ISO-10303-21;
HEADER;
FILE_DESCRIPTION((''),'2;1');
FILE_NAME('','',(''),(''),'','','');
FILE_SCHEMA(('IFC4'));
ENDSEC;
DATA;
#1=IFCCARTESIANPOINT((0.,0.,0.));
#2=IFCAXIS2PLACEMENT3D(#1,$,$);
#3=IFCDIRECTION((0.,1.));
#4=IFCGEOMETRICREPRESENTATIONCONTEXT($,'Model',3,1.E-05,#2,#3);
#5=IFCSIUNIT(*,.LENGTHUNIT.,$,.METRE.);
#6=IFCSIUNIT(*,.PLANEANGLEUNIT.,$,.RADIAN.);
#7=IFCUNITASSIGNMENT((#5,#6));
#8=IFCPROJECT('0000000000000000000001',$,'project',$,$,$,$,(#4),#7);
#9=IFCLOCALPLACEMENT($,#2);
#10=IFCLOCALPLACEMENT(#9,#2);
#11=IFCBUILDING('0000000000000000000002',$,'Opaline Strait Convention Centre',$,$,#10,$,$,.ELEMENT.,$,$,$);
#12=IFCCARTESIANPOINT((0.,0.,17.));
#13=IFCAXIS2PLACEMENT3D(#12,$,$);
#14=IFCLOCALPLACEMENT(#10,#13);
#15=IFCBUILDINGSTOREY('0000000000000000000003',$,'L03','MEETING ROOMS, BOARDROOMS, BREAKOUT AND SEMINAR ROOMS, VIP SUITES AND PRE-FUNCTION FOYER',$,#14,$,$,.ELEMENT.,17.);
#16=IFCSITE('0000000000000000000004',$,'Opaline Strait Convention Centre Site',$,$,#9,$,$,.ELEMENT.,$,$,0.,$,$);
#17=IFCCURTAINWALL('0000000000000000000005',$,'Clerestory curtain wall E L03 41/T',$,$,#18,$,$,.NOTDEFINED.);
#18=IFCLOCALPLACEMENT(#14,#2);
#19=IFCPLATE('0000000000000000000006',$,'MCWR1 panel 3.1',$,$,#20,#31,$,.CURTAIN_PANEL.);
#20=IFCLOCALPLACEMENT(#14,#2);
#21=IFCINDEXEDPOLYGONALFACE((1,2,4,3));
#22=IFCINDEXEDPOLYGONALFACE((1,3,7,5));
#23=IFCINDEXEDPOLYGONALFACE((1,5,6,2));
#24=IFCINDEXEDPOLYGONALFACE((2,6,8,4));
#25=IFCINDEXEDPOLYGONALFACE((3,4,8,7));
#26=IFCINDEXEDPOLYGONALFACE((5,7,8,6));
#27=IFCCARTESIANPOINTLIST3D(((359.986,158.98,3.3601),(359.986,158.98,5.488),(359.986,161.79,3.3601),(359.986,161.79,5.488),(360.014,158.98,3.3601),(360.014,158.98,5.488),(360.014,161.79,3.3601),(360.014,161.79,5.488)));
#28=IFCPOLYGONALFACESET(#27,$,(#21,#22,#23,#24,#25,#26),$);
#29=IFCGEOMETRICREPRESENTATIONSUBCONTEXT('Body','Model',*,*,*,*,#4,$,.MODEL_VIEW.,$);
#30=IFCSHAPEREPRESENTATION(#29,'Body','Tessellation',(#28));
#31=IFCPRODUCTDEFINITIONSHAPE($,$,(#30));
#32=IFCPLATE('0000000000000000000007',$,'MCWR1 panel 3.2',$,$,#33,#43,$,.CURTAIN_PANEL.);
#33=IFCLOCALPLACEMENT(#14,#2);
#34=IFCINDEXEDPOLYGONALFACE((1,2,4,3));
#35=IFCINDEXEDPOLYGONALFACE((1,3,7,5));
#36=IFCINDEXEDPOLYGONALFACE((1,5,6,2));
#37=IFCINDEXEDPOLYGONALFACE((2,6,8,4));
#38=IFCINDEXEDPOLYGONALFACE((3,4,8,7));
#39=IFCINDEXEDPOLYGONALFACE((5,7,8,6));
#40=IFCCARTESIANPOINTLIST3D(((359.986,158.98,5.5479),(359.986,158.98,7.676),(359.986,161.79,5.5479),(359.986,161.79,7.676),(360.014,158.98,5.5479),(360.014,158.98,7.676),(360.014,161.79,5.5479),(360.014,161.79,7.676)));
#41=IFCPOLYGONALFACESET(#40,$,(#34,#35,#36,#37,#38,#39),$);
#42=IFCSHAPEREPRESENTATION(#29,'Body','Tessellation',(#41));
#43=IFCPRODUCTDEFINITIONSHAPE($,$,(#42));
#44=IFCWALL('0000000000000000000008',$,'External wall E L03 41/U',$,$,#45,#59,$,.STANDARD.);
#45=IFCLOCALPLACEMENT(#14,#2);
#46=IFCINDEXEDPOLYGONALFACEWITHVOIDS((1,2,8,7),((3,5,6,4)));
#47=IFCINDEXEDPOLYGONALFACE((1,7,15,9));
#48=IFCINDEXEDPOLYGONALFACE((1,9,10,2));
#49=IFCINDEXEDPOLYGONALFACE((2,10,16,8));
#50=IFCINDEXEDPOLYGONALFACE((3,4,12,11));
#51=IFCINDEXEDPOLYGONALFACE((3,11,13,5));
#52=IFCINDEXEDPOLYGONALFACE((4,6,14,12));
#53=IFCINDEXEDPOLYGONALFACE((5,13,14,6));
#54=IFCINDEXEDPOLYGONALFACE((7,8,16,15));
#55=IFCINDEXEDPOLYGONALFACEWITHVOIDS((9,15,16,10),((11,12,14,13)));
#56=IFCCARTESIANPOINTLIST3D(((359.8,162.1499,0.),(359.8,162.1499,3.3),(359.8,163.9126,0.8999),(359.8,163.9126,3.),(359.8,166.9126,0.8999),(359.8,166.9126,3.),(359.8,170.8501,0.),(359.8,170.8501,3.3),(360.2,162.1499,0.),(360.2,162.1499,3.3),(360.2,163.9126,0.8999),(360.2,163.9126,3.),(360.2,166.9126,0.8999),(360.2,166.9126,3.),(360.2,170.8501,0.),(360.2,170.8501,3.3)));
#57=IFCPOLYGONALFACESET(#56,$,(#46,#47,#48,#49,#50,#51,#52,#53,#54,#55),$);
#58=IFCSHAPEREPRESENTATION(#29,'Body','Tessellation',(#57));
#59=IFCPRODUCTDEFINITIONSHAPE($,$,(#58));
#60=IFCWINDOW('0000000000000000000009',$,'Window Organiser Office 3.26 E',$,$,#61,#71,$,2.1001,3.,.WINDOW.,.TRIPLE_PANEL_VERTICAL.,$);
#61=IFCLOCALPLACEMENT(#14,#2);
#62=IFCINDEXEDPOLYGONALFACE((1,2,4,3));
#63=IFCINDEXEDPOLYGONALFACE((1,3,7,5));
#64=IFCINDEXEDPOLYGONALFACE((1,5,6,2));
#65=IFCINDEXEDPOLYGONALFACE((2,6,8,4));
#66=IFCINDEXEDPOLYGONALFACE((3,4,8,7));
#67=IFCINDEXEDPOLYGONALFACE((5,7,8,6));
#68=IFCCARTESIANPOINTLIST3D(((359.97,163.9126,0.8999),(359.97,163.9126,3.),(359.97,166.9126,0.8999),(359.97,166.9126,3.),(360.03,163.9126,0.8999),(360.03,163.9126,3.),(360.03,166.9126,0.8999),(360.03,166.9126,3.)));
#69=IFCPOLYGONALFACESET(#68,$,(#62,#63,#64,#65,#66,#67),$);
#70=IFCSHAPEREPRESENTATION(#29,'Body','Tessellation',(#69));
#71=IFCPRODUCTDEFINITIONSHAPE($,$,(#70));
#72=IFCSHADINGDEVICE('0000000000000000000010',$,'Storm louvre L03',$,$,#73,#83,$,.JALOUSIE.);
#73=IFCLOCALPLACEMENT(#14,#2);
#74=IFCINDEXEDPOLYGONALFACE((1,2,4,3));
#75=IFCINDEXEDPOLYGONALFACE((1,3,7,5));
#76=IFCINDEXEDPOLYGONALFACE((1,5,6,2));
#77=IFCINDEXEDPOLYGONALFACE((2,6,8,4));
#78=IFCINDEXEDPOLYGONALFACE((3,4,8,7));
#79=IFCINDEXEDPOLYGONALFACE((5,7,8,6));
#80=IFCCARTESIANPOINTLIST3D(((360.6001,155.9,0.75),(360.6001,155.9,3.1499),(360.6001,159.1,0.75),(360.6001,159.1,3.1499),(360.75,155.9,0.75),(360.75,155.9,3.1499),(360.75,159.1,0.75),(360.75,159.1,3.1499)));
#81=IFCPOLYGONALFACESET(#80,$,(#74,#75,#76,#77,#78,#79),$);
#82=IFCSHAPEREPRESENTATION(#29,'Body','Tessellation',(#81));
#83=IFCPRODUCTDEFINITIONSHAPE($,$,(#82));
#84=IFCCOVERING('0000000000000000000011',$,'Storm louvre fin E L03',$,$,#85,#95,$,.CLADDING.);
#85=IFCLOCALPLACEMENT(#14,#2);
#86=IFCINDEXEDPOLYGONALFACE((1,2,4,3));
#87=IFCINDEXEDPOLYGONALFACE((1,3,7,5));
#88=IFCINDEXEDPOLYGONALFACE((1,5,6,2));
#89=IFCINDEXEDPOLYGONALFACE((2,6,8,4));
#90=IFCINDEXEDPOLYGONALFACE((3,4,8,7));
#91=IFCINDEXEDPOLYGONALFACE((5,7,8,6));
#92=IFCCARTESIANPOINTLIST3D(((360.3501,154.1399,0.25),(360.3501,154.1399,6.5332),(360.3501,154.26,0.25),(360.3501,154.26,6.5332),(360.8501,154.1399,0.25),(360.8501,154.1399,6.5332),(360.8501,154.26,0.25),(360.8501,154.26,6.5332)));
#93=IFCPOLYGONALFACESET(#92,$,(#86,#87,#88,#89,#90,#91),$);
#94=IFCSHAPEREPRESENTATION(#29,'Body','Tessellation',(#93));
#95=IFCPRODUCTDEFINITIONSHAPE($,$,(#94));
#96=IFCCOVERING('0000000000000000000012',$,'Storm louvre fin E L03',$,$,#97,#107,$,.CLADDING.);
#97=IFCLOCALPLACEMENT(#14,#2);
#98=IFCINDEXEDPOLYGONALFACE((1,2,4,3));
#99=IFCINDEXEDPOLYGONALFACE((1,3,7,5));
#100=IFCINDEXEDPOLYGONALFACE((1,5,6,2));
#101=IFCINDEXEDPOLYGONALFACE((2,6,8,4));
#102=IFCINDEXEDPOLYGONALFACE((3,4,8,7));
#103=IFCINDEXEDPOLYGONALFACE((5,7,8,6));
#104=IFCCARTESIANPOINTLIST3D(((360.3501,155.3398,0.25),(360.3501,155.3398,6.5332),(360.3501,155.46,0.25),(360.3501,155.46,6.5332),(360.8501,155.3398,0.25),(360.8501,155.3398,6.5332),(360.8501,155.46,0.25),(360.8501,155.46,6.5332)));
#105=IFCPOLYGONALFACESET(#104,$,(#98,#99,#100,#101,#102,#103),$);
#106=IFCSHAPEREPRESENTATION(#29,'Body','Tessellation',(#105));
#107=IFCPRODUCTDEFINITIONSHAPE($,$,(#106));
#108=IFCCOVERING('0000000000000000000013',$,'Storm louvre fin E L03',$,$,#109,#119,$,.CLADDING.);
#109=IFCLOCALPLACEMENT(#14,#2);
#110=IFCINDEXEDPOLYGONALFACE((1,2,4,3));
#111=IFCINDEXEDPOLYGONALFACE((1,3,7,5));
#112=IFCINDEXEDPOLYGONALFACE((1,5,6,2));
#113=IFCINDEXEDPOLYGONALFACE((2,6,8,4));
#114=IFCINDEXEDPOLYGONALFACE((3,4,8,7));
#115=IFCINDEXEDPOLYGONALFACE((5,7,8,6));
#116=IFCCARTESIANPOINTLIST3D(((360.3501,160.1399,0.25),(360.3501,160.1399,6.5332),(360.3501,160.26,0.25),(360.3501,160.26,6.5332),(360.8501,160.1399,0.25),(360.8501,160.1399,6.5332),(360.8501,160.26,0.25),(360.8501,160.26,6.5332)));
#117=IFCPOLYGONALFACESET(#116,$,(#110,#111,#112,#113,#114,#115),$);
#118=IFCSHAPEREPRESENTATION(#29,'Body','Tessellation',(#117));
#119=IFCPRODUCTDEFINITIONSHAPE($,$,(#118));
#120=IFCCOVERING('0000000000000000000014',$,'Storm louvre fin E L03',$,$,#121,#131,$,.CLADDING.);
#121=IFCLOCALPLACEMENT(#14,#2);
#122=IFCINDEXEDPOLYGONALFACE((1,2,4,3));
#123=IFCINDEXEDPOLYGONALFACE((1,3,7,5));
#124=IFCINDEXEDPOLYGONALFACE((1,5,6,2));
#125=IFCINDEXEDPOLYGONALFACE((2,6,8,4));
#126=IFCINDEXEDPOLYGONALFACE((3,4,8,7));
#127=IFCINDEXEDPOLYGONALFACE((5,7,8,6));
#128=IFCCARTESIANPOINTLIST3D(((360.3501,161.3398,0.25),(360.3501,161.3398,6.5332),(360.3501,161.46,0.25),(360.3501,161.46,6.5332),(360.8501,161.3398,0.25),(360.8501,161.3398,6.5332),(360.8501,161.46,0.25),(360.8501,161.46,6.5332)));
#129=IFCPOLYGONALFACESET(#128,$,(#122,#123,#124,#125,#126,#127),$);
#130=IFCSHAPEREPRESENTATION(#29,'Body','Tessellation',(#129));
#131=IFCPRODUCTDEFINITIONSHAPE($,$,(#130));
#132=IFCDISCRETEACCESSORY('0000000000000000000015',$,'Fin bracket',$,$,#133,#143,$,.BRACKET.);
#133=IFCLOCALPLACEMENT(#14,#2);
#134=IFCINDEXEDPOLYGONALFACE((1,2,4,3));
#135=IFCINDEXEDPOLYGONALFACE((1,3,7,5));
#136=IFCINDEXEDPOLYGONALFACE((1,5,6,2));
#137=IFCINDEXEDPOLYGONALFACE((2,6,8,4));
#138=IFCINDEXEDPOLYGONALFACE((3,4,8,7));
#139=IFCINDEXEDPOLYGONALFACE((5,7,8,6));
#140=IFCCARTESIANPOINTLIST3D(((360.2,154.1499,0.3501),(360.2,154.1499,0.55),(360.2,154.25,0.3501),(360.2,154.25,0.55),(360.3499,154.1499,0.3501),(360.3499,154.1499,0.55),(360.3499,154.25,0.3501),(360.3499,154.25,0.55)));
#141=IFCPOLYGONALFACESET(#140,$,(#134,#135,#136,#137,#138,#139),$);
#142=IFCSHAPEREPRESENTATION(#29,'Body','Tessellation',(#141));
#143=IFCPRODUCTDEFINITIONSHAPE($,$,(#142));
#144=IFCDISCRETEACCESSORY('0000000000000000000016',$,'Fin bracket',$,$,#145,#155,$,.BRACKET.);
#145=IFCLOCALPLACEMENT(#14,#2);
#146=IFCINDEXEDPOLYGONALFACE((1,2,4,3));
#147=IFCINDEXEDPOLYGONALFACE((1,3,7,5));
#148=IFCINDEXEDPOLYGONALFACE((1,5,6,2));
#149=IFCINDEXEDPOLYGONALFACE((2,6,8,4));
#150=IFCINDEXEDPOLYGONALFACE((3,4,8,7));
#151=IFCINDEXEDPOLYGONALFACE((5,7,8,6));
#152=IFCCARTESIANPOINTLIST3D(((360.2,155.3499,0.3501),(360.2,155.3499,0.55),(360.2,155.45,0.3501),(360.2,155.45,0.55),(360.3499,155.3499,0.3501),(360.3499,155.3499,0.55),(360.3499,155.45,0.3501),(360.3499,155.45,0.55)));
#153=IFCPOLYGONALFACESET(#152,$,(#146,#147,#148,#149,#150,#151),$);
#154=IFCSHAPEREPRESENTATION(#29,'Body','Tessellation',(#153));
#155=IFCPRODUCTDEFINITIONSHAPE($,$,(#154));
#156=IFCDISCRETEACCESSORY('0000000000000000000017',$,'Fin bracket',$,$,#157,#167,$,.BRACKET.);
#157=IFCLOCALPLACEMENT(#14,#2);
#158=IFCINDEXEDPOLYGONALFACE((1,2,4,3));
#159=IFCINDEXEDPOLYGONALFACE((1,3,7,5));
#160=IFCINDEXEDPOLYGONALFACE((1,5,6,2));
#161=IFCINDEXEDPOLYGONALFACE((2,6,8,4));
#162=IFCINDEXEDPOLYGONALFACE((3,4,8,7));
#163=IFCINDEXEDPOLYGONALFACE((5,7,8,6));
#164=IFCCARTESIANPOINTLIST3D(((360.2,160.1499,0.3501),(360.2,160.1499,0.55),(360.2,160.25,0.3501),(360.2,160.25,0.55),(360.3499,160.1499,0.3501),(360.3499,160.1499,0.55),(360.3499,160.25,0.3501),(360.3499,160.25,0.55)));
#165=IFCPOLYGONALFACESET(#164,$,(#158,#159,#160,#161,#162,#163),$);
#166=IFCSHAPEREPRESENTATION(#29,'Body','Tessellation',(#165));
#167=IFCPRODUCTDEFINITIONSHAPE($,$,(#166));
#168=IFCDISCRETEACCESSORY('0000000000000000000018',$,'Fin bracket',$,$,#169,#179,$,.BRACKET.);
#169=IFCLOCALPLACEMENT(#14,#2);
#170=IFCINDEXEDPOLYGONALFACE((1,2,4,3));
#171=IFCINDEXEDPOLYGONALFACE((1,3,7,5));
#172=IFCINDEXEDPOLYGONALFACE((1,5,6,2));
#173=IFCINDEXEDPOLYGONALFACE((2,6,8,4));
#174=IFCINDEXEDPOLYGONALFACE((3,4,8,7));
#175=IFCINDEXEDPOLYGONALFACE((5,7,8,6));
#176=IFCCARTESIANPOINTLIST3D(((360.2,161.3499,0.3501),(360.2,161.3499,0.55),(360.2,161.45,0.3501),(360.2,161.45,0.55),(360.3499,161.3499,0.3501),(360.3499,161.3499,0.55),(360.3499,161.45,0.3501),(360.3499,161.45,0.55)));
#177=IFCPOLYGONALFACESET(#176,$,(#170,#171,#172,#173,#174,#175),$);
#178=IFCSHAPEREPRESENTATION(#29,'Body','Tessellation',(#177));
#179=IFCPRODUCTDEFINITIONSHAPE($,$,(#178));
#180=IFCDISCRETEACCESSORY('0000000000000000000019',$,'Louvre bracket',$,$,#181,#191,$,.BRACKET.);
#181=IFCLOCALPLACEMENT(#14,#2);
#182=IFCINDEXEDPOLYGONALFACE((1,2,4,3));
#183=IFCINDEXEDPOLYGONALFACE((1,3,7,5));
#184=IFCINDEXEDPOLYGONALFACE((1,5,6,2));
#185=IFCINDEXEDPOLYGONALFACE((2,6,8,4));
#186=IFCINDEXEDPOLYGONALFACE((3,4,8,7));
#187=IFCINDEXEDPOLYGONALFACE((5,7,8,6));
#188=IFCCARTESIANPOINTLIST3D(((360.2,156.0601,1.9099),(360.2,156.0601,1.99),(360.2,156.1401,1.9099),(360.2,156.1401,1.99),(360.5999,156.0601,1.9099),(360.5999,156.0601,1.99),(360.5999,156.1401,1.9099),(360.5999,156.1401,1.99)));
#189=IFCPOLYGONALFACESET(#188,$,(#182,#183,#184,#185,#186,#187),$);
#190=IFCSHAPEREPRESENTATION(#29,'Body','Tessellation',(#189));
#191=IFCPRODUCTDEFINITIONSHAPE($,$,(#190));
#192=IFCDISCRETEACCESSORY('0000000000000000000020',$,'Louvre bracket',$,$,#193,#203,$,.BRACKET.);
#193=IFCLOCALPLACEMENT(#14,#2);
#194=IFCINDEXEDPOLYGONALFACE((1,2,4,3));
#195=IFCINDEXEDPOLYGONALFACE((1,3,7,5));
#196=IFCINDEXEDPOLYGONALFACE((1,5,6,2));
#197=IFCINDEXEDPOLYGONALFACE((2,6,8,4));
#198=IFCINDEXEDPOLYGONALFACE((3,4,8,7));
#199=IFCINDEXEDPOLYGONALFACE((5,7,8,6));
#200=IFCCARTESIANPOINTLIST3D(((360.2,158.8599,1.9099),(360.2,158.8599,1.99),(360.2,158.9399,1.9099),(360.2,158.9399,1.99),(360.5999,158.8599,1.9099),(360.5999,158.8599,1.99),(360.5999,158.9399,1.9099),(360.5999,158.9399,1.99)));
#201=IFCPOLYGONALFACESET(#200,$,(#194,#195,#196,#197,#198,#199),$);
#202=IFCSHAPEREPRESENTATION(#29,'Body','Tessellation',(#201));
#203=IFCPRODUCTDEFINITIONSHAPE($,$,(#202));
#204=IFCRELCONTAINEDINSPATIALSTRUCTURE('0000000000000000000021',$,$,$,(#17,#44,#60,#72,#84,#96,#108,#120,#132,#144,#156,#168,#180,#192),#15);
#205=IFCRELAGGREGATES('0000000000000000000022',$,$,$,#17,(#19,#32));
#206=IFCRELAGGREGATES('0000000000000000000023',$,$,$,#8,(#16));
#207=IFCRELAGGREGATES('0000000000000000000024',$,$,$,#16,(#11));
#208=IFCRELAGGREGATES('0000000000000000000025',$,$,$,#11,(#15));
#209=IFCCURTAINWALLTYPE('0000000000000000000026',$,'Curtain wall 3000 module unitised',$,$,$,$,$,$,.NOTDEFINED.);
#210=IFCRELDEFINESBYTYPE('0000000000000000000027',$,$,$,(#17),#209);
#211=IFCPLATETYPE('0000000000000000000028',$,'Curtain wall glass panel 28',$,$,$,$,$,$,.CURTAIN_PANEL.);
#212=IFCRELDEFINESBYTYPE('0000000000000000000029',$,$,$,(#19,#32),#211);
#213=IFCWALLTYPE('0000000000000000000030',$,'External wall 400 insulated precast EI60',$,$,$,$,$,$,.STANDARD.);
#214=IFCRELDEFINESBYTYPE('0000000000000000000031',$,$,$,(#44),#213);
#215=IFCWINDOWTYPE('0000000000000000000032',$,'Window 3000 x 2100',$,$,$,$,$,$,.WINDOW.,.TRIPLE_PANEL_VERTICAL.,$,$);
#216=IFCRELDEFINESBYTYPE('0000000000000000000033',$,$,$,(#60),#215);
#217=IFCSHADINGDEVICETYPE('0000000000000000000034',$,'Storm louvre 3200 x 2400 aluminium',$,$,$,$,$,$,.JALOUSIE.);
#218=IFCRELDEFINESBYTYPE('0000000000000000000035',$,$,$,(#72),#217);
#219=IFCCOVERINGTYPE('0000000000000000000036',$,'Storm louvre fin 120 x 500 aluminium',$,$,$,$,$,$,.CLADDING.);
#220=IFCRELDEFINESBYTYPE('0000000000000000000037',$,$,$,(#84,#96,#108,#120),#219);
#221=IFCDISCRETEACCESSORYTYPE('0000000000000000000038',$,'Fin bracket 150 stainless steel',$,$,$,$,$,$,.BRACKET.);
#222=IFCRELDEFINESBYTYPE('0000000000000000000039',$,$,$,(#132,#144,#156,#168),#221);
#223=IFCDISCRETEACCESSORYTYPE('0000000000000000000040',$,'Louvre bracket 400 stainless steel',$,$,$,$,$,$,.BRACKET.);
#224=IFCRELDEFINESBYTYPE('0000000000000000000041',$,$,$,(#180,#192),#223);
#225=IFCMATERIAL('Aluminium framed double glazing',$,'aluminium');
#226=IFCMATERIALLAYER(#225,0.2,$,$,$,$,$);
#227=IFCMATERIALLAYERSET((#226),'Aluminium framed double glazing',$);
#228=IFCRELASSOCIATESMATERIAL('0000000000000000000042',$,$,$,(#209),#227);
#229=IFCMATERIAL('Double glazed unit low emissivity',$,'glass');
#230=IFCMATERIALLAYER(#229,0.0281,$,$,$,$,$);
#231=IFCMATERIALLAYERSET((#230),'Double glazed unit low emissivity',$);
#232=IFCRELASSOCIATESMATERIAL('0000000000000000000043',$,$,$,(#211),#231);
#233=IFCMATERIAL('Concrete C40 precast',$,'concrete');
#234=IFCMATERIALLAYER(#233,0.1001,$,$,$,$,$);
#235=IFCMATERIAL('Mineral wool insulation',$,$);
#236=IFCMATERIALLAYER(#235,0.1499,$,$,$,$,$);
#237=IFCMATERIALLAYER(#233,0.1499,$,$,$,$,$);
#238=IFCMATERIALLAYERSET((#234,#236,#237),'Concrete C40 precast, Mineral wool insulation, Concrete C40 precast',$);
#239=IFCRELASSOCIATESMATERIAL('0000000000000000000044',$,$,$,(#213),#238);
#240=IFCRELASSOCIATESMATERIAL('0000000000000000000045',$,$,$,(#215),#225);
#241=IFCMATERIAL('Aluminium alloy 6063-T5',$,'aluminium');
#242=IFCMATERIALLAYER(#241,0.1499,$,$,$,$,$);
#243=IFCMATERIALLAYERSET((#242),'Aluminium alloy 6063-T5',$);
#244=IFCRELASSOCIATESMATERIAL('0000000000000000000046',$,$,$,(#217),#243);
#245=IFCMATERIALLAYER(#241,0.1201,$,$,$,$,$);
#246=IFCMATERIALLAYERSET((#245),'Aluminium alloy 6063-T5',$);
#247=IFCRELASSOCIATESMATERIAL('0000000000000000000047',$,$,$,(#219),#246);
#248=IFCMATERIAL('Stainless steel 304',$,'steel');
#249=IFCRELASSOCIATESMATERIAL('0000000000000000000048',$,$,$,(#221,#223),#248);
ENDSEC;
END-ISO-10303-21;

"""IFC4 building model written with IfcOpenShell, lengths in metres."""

from ifc_helpers import new_model, si_unit, direction, frame, frame_2d, origin, origin_2d, place, context, subcontext, project, spatial, rectangle, extrude, material, layer, layer_set, type_object, element, fill, aggregate, save


model = new_model("IFC4")

# Units and contexts
model_context = context("Model", 3, precision=1e-05, world=origin(), true_north=direction((0.0, 1.0)))
body_context = subcontext(model_context, "Body", "Model", "MODEL_VIEW")
ifc_project = project(units=[si_unit("LENGTHUNIT", "METRE"), si_unit("PLANEANGLEUNIT", "RADIAN")], contexts=[model_context])

# Site, building, storey
site_placement = place(None, origin())
site = spatial("IfcSite", under=ifc_project, at=site_placement, Name="Opaline Strait Convention Centre Site", CompositionType="ELEMENT", RefElevation=0.0)
building_placement = place(site_placement, origin())
building = spatial("IfcBuilding", under=site, at=building_placement, Name="Opaline Strait Convention Centre", CompositionType="ELEMENT")
storey_placement = place(building_placement, frame((0.0, 0.0, 17.0)))
storey = spatial("IfcBuildingStorey", under=building, at=storey_placement, Name="L03", Description="MEETING ROOMS, BOARDROOMS, BREAKOUT AND SEMINAR ROOMS, VIP SUITES AND PRE-FUNCTION FOYER", CompositionType="ELEMENT", Elevation=17.0)

# Curtain wall
ifc_material_1 = material(Name="Aluminium framed double glazing", Category="aluminium")
ifc_layer_1 = layer(ifc_material_1, 0.2)
ifc_layer_set_1 = layer_set([ifc_layer_1], Name="Aluminium framed double glazing")
curtain_wall_type = type_object("IfcCurtainWallType", Name="Curtain wall 3000 module unitised", PredefinedType="NOTDEFINED", material=ifc_layer_set_1)
curtain_wall_1_placement = place(storey_placement, origin())
curtain_wall_1 = element("IfcCurtainWall", 1, at=curtain_wall_1_placement, inside=storey, type_object=curtain_wall_type, Name="Clerestory curtain wall E L03 41/T", PredefinedType="NOTDEFINED")

# Plates
ifc_material_2 = material(Name="Double glazed unit low emissivity", Category="glass")
ifc_layer_2 = layer(ifc_material_2, 0.0281)
ifc_layer_set_2 = layer_set([ifc_layer_2], Name="Double glazed unit low emissivity")
plate_type = type_object("IfcPlateType", Name="Curtain wall glass panel 28", PredefinedType="CURTAIN_PANEL", material=ifc_layer_set_2)
plate_1_placement = place(storey_placement, frame((360.0, 160.385, 3.3601), z_axis=(0.0, 0.0, 1.0), x_axis=(0.0, 1.0, 0.0)))
plate_1 = element("IfcPlate", 2, at=plate_1_placement, type_object=plate_type, Name="MCWR1 panel 3.1", PredefinedType="CURTAIN_PANEL", context=body_context, shape_type="SweptSolid", body=[
    extrude(rectangle(XDim=2.8101, YDim=0.0281, at=origin_2d()), origin(), (0.0, 0.0, 1.0), 2.1279),
])
plate_2_placement = place(storey_placement, frame((360.0, 160.385, 5.5479), z_axis=(0.0, 0.0, 1.0), x_axis=(0.0, 1.0, 0.0)))
plate_2 = element("IfcPlate", 3, at=plate_2_placement, type_object=plate_type, Name="MCWR1 panel 3.2", PredefinedType="CURTAIN_PANEL", context=body_context, shape_type="SweptSolid", body=[
    extrude(rectangle(XDim=2.8101, YDim=0.0281, at=origin_2d()), origin(), (0.0, 0.0, 1.0), 2.1282),
])
aggregate(curtain_wall_1, [plate_1, plate_2])

# Wall, opening, window
ifc_material_3 = material(Name="Concrete C40 precast", Category="concrete")
ifc_layer_3 = layer(ifc_material_3, 0.1001)
ifc_material_4 = material(Name="Mineral wool insulation")
ifc_layer_4 = layer(ifc_material_4, 0.1499)
ifc_layer_5 = layer(ifc_material_3, 0.1499)
ifc_layer_set_3 = layer_set([ifc_layer_3, ifc_layer_4, ifc_layer_5], Name="Concrete C40 precast, Mineral wool insulation, Concrete C40 precast")
wall_type = type_object("IfcWallType", Name="External wall 400 insulated precast EI60", PredefinedType="STANDARD", material=ifc_layer_set_3)
wall_placement = place(storey_placement, frame((360.0, 162.1499, 0.0), z_axis=(0.0, 0.0, 1.0), x_axis=(0.0, 1.0, 0.0)))
wall = element("IfcWall", 4, at=wall_placement, inside=storey, type_object=wall_type, Name="External wall E L03 41/U", PredefinedType="STANDARD", context=body_context, shape_type="SweptSolid", body=[
    extrude(rectangle(XDim=8.7002, YDim=0.3999, at=frame_2d((4.3501, 0.0))), origin(), (0.0, 0.0, 1.0), 3.3),
])
opening_placement = place(wall_placement, frame((1.7627, 0.0, 0.8999)))
opening = element("IfcOpeningElement", 5, at=opening_placement, cuts=wall, PredefinedType="OPENING", context=body_context, shape_type="SweptSolid", body=[
    extrude(rectangle(XDim=3.0, YDim=2.1001, at=frame_2d((1.5, 1.05))), frame((0.0, 0.21, 0.0), z_axis=(0.0, -1.0, 0.0), x_axis=(1.0, 0.0, 0.0)), (0.0, 0.0, 1.0), 0.4199),
])
window_type = type_object("IfcWindowType", Name="Window 3000 x 2100", PartitioningType="TRIPLE_PANEL_VERTICAL", PredefinedType="WINDOW", material=ifc_material_1)
window_placement = place(opening_placement, origin())
window = element("IfcWindow", 6, at=window_placement, inside=storey, type_object=window_type, Name="Window Organiser Office 3.26 E", OverallHeight=2.1001, OverallWidth=3.0, PartitioningType="TRIPLE_PANEL_VERTICAL", PredefinedType="WINDOW", context=body_context, shape_type="SweptSolid", body=[
    extrude(rectangle(XDim=3.0, YDim=2.1001, at=frame_2d((1.5, 1.05))), frame((0.0, 0.03, 0.0), z_axis=(0.0, -1.0, 0.0), x_axis=(1.0, 0.0, 0.0)), (0.0, 0.0, 1.0), 0.0601),
])
fill(opening, window)

# Shading device
ifc_material_5 = material(Name="Aluminium alloy 6063-T5", Category="aluminium")
ifc_layer_6 = layer(ifc_material_5, 0.1499)
ifc_layer_set_4 = layer_set([ifc_layer_6], Name="Aluminium alloy 6063-T5")
shading_device_type = type_object("IfcShadingDeviceType", Name="Storm louvre 3200 x 2400 aluminium", PredefinedType="JALOUSIE", material=ifc_layer_set_4)
shading_device_placement = place(storey_placement, frame((360.675, 157.5, 0.75), z_axis=(0.0, 0.0, 1.0), x_axis=(1.0, 0.0, 0.0)))
element("IfcShadingDevice", 7, at=shading_device_placement, inside=storey, type_object=shading_device_type, Name="Storm louvre L03", PredefinedType="JALOUSIE", context=body_context, shape_type="SweptSolid", body=[
    extrude(rectangle(XDim=0.1499, YDim=3.2, at=origin_2d()), origin(), (0.0, 0.0, 1.0), 2.3999),
])

# Coverings
ifc_layer_7 = layer(ifc_material_5, 0.1201)
ifc_layer_set_5 = layer_set([ifc_layer_7], Name="Aluminium alloy 6063-T5")
covering_type = type_object("IfcCoveringType", Name="Storm louvre fin 120 x 500 aluminium", PredefinedType="CLADDING", material=ifc_layer_set_5)
for number, where, z_axis, x_axis, name in (
    (8, (360.6001, 154.2, 0.25), (0.0, 0.0, 1.0), (1.0, 0.0, 0.0), "Storm louvre fin E L03"),
    (9, (360.6001, 155.3999, 0.25), (0.0, 0.0, 1.0), (1.0, 0.0, 0.0), "Storm louvre fin E L03"),
    (10, (360.6001, 160.2, 0.25), (0.0, 0.0, 1.0), (1.0, 0.0, 0.0), "Storm louvre fin E L03"),
    (11, (360.6001, 161.3999, 0.25), (0.0, 0.0, 1.0), (1.0, 0.0, 0.0), "Storm louvre fin E L03"),
):
    element("IfcCovering", number, at=place(storey_placement, frame(where, z_axis=z_axis, x_axis=x_axis)), inside=storey, type_object=covering_type, Name=name, PredefinedType="CLADDING", context=body_context, shape_type="SweptSolid", body=[
        extrude(rectangle(XDim=0.5, YDim=0.1201, at=origin_2d()), origin(), (0.0, 0.0, 1.0), 6.2832),
    ])

# Discrete accessories
ifc_material_6 = material(Name="Stainless steel 304", Category="steel")
discrete_accessory_type_1 = type_object("IfcDiscreteAccessoryType", Name="Fin bracket 150 stainless steel", PredefinedType="BRACKET", material=ifc_material_6)
for number, where, z_axis, x_axis, name in (
    (12, (360.2749, 154.2, 0.3501), (0.0, 0.0, 1.0), (1.0, 0.0, 0.0), "Fin bracket"),
    (13, (360.2749, 155.3999, 0.3501), (0.0, 0.0, 1.0), (1.0, 0.0, 0.0), "Fin bracket"),
    (14, (360.2749, 160.2, 0.3501), (0.0, 0.0, 1.0), (1.0, 0.0, 0.0), "Fin bracket"),
    (15, (360.2749, 161.3999, 0.3501), (0.0, 0.0, 1.0), (1.0, 0.0, 0.0), "Fin bracket"),
):
    element("IfcDiscreteAccessory", number, at=place(storey_placement, frame(where, z_axis=z_axis, x_axis=x_axis)), inside=storey, type_object=discrete_accessory_type_1, Name=name, PredefinedType="BRACKET", context=body_context, shape_type="SweptSolid", body=[
        extrude(rectangle(XDim=0.1499, YDim=0.1001, at=origin_2d()), origin(), (0.0, 0.0, 1.0), 0.2),
    ])
discrete_accessory_type_2 = type_object("IfcDiscreteAccessoryType", Name="Louvre bracket 400 stainless steel", PredefinedType="BRACKET", material=ifc_material_6)
for number, where, z_axis, x_axis, name in (
    (16, (360.3999, 156.1001, 1.9099), (0.0, 0.0, 1.0), (1.0, 0.0, 0.0), "Louvre bracket"),
    (17, (360.3999, 158.8999, 1.9099), (0.0, 0.0, 1.0), (1.0, 0.0, 0.0), "Louvre bracket"),
):
    element("IfcDiscreteAccessory", number, at=place(storey_placement, frame(where, z_axis=z_axis, x_axis=x_axis)), inside=storey, type_object=discrete_accessory_type_2, Name=name, PredefinedType="BRACKET", context=body_context, shape_type="SweptSolid", body=[
        extrude(rectangle(XDim=0.3999, YDim=0.0801, at=origin_2d()), origin(), (0.0, 0.0, 1.0), 0.0801),
    ])

save(model, "model.ifc")
